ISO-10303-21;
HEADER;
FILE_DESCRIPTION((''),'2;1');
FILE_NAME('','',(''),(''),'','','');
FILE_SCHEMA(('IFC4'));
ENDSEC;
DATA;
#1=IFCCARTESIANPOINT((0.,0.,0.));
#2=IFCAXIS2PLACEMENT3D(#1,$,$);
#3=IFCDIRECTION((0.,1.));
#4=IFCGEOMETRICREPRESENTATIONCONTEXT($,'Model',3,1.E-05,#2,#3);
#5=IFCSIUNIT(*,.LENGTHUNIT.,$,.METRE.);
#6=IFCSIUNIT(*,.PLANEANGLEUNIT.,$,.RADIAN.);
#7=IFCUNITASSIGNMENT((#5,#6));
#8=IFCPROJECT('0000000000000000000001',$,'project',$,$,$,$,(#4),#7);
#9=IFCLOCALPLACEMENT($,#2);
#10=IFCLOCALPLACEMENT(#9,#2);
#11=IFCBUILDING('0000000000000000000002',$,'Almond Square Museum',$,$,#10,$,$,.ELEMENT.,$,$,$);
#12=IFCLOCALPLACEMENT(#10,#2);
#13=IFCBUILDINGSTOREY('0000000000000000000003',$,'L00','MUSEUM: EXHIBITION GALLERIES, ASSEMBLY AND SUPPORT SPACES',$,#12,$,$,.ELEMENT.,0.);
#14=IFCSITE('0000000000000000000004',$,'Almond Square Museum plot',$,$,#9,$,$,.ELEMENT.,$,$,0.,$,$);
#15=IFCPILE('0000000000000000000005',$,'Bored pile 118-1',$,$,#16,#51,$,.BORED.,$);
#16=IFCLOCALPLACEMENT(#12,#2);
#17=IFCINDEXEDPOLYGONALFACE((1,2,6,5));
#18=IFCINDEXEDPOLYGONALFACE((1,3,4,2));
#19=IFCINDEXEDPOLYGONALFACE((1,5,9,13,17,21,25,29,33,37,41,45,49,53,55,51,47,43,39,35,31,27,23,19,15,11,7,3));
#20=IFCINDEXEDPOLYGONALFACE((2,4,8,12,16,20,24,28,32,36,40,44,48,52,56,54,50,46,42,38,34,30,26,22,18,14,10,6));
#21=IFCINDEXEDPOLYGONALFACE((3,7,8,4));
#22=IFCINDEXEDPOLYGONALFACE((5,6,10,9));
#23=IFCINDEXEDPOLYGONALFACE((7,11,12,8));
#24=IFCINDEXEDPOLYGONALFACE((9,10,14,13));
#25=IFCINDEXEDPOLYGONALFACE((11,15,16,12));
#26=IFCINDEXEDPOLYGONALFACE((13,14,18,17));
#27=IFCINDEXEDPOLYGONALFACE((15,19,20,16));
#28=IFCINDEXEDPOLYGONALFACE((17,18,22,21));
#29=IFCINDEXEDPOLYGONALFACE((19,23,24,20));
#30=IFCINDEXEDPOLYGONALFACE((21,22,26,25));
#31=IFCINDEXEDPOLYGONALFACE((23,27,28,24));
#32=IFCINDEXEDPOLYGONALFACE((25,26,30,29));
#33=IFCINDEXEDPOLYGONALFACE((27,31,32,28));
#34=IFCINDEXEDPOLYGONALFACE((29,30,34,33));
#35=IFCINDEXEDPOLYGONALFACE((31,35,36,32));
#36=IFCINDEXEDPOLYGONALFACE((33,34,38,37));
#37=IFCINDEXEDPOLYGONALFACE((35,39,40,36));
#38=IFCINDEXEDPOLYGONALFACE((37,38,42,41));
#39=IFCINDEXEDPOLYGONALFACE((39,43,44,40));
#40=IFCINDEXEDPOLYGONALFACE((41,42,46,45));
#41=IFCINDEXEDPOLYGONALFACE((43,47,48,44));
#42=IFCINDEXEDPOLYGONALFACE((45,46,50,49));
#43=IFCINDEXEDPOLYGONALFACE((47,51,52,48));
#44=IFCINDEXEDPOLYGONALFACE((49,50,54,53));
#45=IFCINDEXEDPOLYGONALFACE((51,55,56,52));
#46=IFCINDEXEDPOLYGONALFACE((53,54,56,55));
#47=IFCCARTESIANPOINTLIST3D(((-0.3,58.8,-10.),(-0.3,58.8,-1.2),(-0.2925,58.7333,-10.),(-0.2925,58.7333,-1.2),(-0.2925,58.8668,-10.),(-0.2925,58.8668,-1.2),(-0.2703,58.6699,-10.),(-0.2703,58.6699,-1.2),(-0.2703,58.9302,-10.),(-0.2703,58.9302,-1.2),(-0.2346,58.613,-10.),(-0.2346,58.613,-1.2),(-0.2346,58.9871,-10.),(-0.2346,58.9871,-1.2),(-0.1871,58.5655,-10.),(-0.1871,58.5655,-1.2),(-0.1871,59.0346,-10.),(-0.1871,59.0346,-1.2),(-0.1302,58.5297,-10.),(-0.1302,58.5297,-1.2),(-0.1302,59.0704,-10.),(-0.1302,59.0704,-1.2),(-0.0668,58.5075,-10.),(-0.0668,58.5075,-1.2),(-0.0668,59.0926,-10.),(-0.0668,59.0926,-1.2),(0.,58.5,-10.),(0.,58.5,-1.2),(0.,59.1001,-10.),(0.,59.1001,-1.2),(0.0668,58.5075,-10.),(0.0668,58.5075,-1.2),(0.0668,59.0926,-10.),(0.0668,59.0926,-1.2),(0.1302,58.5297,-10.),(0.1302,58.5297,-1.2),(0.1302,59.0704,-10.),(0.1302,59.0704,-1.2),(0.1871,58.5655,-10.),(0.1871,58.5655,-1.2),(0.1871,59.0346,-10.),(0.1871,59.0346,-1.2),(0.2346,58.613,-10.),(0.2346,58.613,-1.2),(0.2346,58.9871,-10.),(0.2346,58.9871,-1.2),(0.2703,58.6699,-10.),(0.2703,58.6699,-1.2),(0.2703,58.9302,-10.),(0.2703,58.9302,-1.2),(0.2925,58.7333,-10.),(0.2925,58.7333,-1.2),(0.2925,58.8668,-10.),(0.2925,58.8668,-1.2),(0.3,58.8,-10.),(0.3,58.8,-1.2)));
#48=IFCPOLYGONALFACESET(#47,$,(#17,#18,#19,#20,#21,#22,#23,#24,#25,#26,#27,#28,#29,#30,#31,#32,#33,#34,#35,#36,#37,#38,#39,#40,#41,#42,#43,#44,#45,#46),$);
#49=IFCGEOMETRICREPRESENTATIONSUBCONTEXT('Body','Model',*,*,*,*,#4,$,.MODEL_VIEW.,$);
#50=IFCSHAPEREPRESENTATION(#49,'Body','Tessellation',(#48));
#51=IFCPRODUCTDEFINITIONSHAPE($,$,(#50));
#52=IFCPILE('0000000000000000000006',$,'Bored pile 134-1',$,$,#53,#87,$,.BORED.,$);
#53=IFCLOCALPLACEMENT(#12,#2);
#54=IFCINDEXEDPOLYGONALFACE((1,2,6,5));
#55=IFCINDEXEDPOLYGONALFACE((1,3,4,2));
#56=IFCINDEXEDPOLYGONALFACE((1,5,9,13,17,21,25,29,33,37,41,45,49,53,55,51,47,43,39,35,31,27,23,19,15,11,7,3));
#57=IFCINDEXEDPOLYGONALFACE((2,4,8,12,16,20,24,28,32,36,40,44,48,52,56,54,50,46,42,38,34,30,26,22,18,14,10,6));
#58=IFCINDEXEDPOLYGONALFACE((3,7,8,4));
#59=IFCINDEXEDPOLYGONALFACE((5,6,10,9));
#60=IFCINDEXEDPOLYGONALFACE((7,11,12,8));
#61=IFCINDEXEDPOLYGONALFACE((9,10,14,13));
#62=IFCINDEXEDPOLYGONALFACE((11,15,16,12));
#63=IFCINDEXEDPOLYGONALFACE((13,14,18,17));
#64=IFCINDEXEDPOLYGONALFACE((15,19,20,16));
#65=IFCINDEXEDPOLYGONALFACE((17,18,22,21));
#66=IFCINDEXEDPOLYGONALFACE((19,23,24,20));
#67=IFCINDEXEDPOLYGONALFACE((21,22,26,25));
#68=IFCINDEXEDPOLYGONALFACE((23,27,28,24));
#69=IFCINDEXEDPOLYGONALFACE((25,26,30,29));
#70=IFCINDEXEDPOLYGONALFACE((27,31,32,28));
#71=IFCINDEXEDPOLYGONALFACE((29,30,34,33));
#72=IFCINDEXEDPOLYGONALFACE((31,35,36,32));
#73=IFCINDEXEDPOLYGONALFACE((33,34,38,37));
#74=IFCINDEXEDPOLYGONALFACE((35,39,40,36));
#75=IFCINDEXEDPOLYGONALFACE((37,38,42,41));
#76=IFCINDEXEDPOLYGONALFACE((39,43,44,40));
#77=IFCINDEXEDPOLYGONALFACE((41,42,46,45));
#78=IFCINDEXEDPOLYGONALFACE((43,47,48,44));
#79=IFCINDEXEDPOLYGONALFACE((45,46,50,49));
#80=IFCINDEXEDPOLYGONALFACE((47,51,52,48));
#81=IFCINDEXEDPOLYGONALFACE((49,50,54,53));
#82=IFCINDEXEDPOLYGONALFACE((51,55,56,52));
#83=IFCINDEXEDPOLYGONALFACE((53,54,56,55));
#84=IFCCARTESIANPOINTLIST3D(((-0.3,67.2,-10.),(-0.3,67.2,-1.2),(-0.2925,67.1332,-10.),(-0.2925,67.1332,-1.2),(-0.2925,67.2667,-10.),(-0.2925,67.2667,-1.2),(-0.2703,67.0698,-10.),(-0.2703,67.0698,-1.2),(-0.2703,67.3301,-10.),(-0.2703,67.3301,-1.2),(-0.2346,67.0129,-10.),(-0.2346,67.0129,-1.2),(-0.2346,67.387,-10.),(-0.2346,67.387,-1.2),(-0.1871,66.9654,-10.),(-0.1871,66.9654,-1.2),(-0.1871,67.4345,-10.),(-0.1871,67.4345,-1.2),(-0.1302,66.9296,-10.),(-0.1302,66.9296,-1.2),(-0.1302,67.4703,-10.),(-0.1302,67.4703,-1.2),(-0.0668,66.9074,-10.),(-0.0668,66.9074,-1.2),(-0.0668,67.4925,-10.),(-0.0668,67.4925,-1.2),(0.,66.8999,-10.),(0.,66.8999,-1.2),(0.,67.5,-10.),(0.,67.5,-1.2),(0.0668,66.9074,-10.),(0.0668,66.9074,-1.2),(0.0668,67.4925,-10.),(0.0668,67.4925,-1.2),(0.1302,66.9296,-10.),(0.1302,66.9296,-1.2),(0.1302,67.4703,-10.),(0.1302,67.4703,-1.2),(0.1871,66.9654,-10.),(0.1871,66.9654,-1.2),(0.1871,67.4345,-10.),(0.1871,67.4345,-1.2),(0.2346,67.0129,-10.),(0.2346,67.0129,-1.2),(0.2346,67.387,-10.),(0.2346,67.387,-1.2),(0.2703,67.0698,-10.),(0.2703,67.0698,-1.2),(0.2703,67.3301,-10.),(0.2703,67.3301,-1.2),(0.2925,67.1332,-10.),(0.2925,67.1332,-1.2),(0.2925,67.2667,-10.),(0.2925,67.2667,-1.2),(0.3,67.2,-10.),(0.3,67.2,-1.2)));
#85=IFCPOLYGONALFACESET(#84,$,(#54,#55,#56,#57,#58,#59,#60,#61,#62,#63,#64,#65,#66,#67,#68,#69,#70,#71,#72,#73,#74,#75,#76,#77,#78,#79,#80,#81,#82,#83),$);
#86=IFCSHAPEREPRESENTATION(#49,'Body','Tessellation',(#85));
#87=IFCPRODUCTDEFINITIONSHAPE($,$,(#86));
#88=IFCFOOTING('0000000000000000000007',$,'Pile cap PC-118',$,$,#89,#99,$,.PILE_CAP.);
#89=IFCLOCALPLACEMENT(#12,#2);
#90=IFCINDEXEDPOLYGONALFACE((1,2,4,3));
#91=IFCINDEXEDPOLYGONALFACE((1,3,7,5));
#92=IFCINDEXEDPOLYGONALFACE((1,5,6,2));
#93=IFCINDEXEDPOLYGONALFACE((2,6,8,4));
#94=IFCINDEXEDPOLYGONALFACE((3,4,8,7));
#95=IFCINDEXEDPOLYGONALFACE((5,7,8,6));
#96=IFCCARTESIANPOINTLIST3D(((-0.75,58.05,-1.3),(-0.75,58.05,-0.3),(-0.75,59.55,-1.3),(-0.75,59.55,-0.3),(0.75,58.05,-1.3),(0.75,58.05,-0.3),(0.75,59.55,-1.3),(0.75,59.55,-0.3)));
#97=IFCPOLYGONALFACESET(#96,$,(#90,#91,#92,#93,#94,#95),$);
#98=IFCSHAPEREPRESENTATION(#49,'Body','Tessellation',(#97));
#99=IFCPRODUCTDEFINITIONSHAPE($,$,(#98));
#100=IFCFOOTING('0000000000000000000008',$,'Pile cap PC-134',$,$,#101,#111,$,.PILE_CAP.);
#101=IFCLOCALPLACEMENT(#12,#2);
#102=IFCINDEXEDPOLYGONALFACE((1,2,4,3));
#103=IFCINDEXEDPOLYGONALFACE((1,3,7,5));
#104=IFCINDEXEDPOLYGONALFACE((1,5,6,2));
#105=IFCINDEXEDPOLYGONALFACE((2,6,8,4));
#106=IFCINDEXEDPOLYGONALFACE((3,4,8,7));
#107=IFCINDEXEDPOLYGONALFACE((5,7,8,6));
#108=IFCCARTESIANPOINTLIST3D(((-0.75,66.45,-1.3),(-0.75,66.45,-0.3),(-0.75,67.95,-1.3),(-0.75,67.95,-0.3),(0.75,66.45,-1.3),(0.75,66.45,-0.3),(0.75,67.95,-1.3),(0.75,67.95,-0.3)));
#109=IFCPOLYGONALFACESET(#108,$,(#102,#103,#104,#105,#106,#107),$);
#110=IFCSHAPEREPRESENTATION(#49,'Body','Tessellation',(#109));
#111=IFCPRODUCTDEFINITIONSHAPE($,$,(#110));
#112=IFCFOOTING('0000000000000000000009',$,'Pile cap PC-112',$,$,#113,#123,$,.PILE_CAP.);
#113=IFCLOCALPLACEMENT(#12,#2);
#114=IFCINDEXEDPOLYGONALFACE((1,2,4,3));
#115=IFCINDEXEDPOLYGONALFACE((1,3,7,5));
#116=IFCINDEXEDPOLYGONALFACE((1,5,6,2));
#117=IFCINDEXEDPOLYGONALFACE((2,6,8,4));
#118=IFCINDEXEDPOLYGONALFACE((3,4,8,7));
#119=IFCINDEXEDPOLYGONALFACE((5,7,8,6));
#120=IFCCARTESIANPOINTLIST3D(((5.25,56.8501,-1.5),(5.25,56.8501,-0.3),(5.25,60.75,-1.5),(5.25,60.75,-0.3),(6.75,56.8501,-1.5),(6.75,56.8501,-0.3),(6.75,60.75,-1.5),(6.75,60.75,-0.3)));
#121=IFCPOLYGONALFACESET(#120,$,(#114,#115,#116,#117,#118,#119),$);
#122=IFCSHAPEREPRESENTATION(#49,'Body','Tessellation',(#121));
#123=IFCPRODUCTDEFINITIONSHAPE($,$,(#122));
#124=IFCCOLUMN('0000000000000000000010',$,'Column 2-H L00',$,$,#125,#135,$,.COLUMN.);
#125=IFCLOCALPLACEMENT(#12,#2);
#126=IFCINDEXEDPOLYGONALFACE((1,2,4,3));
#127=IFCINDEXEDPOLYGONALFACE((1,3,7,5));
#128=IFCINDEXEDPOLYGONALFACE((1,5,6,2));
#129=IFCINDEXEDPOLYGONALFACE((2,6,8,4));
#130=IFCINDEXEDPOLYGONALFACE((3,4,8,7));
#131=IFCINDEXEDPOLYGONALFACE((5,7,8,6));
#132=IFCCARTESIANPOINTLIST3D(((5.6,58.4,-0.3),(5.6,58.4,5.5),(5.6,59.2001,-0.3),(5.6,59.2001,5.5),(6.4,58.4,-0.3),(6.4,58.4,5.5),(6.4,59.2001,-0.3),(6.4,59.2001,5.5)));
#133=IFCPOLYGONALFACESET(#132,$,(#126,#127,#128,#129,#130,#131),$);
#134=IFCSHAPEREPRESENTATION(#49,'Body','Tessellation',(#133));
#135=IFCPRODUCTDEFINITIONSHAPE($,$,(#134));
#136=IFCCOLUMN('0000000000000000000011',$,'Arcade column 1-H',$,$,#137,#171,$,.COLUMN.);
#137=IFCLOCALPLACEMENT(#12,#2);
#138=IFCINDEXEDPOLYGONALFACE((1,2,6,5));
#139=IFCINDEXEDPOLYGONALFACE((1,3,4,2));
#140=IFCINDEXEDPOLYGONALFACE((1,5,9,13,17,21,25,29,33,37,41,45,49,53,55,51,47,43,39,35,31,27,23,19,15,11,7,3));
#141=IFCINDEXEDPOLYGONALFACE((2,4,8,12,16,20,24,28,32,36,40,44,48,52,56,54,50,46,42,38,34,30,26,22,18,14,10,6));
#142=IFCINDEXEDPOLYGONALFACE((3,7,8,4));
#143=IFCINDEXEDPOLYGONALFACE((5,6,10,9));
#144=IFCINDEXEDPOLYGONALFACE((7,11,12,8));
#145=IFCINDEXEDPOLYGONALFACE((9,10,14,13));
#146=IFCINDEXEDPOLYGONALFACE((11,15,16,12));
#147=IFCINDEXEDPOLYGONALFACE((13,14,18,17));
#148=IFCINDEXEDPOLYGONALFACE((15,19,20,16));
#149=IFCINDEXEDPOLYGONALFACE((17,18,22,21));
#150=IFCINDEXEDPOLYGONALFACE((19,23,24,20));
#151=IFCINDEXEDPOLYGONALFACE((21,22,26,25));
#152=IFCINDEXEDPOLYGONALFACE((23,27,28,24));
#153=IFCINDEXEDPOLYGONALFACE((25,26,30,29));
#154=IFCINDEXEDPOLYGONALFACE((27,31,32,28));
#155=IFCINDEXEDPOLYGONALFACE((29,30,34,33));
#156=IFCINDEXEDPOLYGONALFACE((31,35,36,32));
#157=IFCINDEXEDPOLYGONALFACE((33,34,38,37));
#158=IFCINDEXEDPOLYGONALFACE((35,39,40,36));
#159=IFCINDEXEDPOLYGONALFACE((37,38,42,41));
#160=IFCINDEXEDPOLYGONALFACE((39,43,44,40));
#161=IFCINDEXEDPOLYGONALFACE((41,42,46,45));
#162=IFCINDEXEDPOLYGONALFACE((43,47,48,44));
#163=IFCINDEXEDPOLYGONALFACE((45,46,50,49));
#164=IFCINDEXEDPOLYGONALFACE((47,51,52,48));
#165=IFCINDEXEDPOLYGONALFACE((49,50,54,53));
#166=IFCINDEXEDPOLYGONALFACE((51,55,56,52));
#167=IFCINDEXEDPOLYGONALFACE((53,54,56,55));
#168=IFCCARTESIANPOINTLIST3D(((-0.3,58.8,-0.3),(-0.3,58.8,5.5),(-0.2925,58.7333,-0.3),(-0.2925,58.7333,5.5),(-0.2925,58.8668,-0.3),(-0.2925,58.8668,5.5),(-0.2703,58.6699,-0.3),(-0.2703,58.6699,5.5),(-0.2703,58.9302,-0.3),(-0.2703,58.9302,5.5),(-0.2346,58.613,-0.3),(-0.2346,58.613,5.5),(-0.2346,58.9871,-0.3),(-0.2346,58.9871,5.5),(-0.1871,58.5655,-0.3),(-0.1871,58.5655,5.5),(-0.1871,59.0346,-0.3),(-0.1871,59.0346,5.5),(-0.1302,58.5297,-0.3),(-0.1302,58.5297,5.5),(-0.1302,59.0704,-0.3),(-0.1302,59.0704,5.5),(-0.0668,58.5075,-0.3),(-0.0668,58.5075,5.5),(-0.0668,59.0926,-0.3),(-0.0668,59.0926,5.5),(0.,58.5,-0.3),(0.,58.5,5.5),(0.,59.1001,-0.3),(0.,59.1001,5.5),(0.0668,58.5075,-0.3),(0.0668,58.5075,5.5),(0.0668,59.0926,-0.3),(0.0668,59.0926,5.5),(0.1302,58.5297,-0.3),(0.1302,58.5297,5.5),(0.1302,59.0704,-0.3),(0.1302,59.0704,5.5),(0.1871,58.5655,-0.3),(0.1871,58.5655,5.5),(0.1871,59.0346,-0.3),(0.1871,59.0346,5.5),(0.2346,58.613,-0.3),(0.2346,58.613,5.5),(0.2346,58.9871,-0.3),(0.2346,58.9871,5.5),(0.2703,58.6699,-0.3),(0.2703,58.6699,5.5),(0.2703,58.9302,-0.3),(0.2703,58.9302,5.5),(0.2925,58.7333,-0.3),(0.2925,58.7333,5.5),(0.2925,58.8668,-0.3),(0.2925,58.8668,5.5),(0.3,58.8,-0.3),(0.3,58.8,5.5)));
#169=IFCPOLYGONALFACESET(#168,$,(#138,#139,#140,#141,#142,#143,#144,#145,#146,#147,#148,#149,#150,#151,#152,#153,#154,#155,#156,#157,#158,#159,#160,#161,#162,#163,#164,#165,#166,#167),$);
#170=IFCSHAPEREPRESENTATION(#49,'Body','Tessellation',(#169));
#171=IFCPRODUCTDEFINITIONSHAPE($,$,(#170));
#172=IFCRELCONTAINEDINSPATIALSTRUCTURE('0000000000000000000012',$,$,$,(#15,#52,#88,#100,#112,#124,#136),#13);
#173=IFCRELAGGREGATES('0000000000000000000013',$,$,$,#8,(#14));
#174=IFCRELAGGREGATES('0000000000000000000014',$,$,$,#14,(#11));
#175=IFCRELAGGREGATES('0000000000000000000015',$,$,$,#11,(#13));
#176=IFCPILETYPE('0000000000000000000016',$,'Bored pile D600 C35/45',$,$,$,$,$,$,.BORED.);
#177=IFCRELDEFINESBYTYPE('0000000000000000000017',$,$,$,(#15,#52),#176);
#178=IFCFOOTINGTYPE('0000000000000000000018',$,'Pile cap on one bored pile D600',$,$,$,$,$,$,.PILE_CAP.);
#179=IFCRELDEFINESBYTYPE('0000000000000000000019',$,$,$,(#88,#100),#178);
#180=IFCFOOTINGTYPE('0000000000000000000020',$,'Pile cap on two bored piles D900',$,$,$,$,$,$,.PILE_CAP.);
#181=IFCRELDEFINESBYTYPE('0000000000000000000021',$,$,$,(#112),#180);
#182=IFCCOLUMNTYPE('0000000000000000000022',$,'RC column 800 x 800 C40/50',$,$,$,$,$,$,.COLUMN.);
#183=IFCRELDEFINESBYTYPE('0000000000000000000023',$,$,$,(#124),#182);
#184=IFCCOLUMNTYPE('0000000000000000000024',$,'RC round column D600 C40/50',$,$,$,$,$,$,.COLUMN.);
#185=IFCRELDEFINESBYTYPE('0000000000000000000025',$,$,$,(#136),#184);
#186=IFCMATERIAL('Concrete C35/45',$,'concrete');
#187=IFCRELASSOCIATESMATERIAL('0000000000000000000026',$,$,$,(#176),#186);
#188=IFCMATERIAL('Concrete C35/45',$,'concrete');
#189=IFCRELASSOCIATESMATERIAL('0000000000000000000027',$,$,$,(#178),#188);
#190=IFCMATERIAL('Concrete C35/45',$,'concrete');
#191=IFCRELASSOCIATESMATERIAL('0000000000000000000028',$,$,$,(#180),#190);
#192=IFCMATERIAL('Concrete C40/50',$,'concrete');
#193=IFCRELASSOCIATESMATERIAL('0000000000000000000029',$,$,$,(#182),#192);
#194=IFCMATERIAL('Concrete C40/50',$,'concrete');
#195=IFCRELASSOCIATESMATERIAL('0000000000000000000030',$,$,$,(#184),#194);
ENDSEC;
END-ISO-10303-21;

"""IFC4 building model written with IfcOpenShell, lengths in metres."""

from ifc_helpers import new_model, si_unit, direction, frame, origin, origin_2d, place, context, subcontext, project, spatial, rectangle, circle, extrude, material, material_profile, profile_set, type_object, element, save


model = new_model("IFC4")

# Units and contexts
model_context = context("Model", 3, precision=1e-05, world=origin(), true_north=direction((0.0, 1.0)))
body_context = subcontext(model_context, "Body", "Model", "MODEL_VIEW")
ifc_project = project(units=[si_unit("LENGTHUNIT", "METRE"), si_unit("PLANEANGLEUNIT", "RADIAN")], contexts=[model_context])

# Site, building, storey
site_placement = place(None, origin())
site = spatial("IfcSite", under=ifc_project, at=site_placement, Name="Almond Square Museum plot", CompositionType="ELEMENT", RefElevation=0.0)
building_placement = place(site_placement, origin())
building = spatial("IfcBuilding", under=site, at=building_placement, Name="Almond Square Museum", CompositionType="ELEMENT")
storey_placement = place(building_placement, origin())
storey = spatial("IfcBuildingStorey", under=building, at=storey_placement, Name="L00", Description="MUSEUM: EXHIBITION GALLERIES, ASSEMBLY AND SUPPORT SPACES", CompositionType="ELEMENT", Elevation=0.0)

# Piles
ifc_material_1 = material(Name="Concrete C35/45", Category="concrete")
ifc_material_profile_1 = material_profile(ifc_material_1, circle(Radius=0.3, at=origin_2d()))
ifc_profile_set_1 = profile_set([ifc_material_profile_1], Name="Concrete C35/45")
pile_type = type_object("IfcPileType", Name="Bored pile D600 C35/45", PredefinedType="BORED", material=ifc_profile_set_1)
for number, where, z_axis, x_axis, name in (
    (1, (0.0, 58.8, -1.2), (0.0, 0.0, -1.0), (1.0, 0.0, 0.0), "Bored pile 118-1"),
    (2, (0.0, 67.2, -1.2), (0.0, 0.0, -1.0), (1.0, 0.0, 0.0), "Bored pile 134-1"),
):
    element("IfcPile", number, at=place(storey_placement, frame(where, z_axis=z_axis, x_axis=x_axis)), inside=storey, type_object=pile_type, Name=name, PredefinedType="BORED", context=body_context, shape_type="SweptSolid", body=[
        extrude(circle(Radius=0.3, at=origin_2d()), origin(), (0.0, 0.0, 1.0), 8.8),
    ])

# Footings
ifc_material_2 = material(Name="Concrete C35/45", Category="concrete")
footing_type_1 = type_object("IfcFootingType", Name="Pile cap on one bored pile D600", PredefinedType="PILE_CAP", material=ifc_material_2)
for number, where, z_axis, x_axis, name in (
    (3, (0.0, 58.8, -1.3), (0.0, 0.0, 1.0), (1.0, 0.0, 0.0), "Pile cap PC-118"),
    (4, (0.0, 67.2, -1.3), (0.0, 0.0, 1.0), (1.0, 0.0, 0.0), "Pile cap PC-134"),
):
    element("IfcFooting", number, at=place(storey_placement, frame(where, z_axis=z_axis, x_axis=x_axis)), inside=storey, type_object=footing_type_1, Name=name, PredefinedType="PILE_CAP", context=body_context, shape_type="SweptSolid", body=[
        extrude(rectangle(XDim=1.5, YDim=1.5, at=origin_2d()), origin(), (0.0, 0.0, 1.0), 1.0),
    ])
ifc_material_3 = material(Name="Concrete C35/45", Category="concrete")
footing_type_2 = type_object("IfcFootingType", Name="Pile cap on two bored piles D900", PredefinedType="PILE_CAP", material=ifc_material_3)
footing_placement = place(storey_placement, frame((6.0, 58.8, -1.5), z_axis=(0.0, 0.0, 1.0), x_axis=(1.0, 0.0, 0.0)))
element("IfcFooting", 5, at=footing_placement, inside=storey, type_object=footing_type_2, Name="Pile cap PC-112", PredefinedType="PILE_CAP", context=body_context, shape_type="SweptSolid", body=[
    extrude(rectangle(XDim=1.5, YDim=3.8999, at=origin_2d()), origin(), (0.0, 0.0, 1.0), 1.2),
])

# Columns
ifc_material_4 = material(Name="Concrete C40/50", Category="concrete")
ifc_material_profile_2 = material_profile(ifc_material_4, rectangle(XDim=0.8, YDim=0.8, at=origin_2d()))
ifc_profile_set_2 = profile_set([ifc_material_profile_2], Name="Concrete C40/50")
column_type_1 = type_object("IfcColumnType", Name="RC column 800 x 800 C40/50", PredefinedType="COLUMN", material=ifc_profile_set_2)
column_placement = place(storey_placement, frame((6.0, 58.8, -0.3), z_axis=(0.0, 0.0, 1.0), x_axis=(1.0, 0.0, 0.0)))
element("IfcColumn", 6, at=column_placement, inside=storey, type_object=column_type_1, Name="Column 2-H L00", PredefinedType="COLUMN", context=body_context, shape_type="SweptSolid", body=[
    extrude(rectangle(XDim=0.8, YDim=0.8, at=origin_2d()), origin(), (0.0, 0.0, 1.0), 5.8),
])
ifc_material_5 = material(Name="Concrete C40/50", Category="concrete")
ifc_material_profile_3 = material_profile(ifc_material_5, circle(Radius=0.3, at=origin_2d()))
ifc_profile_set_3 = profile_set([ifc_material_profile_3], Name="Concrete C40/50")
column_type_2 = type_object("IfcColumnType", Name="RC round column D600 C40/50", PredefinedType="COLUMN", material=ifc_profile_set_3)
for number, where, z_axis, x_axis, name in (
    (7, (0.0, 58.8, -0.3), (0.0, 0.0, 1.0), (1.0, 0.0, 0.0), "Arcade column 1-H"),
):
    element("IfcColumn", number, at=place(storey_placement, frame(where, z_axis=z_axis, x_axis=x_axis)), inside=storey, type_object=column_type_2, Name=name, PredefinedType="COLUMN", context=body_context, shape_type="SweptSolid", body=[
        extrude(circle(Radius=0.3, at=origin_2d()), origin(), (0.0, 0.0, 1.0), 5.8),
    ])

save(model, "model.ifc")
